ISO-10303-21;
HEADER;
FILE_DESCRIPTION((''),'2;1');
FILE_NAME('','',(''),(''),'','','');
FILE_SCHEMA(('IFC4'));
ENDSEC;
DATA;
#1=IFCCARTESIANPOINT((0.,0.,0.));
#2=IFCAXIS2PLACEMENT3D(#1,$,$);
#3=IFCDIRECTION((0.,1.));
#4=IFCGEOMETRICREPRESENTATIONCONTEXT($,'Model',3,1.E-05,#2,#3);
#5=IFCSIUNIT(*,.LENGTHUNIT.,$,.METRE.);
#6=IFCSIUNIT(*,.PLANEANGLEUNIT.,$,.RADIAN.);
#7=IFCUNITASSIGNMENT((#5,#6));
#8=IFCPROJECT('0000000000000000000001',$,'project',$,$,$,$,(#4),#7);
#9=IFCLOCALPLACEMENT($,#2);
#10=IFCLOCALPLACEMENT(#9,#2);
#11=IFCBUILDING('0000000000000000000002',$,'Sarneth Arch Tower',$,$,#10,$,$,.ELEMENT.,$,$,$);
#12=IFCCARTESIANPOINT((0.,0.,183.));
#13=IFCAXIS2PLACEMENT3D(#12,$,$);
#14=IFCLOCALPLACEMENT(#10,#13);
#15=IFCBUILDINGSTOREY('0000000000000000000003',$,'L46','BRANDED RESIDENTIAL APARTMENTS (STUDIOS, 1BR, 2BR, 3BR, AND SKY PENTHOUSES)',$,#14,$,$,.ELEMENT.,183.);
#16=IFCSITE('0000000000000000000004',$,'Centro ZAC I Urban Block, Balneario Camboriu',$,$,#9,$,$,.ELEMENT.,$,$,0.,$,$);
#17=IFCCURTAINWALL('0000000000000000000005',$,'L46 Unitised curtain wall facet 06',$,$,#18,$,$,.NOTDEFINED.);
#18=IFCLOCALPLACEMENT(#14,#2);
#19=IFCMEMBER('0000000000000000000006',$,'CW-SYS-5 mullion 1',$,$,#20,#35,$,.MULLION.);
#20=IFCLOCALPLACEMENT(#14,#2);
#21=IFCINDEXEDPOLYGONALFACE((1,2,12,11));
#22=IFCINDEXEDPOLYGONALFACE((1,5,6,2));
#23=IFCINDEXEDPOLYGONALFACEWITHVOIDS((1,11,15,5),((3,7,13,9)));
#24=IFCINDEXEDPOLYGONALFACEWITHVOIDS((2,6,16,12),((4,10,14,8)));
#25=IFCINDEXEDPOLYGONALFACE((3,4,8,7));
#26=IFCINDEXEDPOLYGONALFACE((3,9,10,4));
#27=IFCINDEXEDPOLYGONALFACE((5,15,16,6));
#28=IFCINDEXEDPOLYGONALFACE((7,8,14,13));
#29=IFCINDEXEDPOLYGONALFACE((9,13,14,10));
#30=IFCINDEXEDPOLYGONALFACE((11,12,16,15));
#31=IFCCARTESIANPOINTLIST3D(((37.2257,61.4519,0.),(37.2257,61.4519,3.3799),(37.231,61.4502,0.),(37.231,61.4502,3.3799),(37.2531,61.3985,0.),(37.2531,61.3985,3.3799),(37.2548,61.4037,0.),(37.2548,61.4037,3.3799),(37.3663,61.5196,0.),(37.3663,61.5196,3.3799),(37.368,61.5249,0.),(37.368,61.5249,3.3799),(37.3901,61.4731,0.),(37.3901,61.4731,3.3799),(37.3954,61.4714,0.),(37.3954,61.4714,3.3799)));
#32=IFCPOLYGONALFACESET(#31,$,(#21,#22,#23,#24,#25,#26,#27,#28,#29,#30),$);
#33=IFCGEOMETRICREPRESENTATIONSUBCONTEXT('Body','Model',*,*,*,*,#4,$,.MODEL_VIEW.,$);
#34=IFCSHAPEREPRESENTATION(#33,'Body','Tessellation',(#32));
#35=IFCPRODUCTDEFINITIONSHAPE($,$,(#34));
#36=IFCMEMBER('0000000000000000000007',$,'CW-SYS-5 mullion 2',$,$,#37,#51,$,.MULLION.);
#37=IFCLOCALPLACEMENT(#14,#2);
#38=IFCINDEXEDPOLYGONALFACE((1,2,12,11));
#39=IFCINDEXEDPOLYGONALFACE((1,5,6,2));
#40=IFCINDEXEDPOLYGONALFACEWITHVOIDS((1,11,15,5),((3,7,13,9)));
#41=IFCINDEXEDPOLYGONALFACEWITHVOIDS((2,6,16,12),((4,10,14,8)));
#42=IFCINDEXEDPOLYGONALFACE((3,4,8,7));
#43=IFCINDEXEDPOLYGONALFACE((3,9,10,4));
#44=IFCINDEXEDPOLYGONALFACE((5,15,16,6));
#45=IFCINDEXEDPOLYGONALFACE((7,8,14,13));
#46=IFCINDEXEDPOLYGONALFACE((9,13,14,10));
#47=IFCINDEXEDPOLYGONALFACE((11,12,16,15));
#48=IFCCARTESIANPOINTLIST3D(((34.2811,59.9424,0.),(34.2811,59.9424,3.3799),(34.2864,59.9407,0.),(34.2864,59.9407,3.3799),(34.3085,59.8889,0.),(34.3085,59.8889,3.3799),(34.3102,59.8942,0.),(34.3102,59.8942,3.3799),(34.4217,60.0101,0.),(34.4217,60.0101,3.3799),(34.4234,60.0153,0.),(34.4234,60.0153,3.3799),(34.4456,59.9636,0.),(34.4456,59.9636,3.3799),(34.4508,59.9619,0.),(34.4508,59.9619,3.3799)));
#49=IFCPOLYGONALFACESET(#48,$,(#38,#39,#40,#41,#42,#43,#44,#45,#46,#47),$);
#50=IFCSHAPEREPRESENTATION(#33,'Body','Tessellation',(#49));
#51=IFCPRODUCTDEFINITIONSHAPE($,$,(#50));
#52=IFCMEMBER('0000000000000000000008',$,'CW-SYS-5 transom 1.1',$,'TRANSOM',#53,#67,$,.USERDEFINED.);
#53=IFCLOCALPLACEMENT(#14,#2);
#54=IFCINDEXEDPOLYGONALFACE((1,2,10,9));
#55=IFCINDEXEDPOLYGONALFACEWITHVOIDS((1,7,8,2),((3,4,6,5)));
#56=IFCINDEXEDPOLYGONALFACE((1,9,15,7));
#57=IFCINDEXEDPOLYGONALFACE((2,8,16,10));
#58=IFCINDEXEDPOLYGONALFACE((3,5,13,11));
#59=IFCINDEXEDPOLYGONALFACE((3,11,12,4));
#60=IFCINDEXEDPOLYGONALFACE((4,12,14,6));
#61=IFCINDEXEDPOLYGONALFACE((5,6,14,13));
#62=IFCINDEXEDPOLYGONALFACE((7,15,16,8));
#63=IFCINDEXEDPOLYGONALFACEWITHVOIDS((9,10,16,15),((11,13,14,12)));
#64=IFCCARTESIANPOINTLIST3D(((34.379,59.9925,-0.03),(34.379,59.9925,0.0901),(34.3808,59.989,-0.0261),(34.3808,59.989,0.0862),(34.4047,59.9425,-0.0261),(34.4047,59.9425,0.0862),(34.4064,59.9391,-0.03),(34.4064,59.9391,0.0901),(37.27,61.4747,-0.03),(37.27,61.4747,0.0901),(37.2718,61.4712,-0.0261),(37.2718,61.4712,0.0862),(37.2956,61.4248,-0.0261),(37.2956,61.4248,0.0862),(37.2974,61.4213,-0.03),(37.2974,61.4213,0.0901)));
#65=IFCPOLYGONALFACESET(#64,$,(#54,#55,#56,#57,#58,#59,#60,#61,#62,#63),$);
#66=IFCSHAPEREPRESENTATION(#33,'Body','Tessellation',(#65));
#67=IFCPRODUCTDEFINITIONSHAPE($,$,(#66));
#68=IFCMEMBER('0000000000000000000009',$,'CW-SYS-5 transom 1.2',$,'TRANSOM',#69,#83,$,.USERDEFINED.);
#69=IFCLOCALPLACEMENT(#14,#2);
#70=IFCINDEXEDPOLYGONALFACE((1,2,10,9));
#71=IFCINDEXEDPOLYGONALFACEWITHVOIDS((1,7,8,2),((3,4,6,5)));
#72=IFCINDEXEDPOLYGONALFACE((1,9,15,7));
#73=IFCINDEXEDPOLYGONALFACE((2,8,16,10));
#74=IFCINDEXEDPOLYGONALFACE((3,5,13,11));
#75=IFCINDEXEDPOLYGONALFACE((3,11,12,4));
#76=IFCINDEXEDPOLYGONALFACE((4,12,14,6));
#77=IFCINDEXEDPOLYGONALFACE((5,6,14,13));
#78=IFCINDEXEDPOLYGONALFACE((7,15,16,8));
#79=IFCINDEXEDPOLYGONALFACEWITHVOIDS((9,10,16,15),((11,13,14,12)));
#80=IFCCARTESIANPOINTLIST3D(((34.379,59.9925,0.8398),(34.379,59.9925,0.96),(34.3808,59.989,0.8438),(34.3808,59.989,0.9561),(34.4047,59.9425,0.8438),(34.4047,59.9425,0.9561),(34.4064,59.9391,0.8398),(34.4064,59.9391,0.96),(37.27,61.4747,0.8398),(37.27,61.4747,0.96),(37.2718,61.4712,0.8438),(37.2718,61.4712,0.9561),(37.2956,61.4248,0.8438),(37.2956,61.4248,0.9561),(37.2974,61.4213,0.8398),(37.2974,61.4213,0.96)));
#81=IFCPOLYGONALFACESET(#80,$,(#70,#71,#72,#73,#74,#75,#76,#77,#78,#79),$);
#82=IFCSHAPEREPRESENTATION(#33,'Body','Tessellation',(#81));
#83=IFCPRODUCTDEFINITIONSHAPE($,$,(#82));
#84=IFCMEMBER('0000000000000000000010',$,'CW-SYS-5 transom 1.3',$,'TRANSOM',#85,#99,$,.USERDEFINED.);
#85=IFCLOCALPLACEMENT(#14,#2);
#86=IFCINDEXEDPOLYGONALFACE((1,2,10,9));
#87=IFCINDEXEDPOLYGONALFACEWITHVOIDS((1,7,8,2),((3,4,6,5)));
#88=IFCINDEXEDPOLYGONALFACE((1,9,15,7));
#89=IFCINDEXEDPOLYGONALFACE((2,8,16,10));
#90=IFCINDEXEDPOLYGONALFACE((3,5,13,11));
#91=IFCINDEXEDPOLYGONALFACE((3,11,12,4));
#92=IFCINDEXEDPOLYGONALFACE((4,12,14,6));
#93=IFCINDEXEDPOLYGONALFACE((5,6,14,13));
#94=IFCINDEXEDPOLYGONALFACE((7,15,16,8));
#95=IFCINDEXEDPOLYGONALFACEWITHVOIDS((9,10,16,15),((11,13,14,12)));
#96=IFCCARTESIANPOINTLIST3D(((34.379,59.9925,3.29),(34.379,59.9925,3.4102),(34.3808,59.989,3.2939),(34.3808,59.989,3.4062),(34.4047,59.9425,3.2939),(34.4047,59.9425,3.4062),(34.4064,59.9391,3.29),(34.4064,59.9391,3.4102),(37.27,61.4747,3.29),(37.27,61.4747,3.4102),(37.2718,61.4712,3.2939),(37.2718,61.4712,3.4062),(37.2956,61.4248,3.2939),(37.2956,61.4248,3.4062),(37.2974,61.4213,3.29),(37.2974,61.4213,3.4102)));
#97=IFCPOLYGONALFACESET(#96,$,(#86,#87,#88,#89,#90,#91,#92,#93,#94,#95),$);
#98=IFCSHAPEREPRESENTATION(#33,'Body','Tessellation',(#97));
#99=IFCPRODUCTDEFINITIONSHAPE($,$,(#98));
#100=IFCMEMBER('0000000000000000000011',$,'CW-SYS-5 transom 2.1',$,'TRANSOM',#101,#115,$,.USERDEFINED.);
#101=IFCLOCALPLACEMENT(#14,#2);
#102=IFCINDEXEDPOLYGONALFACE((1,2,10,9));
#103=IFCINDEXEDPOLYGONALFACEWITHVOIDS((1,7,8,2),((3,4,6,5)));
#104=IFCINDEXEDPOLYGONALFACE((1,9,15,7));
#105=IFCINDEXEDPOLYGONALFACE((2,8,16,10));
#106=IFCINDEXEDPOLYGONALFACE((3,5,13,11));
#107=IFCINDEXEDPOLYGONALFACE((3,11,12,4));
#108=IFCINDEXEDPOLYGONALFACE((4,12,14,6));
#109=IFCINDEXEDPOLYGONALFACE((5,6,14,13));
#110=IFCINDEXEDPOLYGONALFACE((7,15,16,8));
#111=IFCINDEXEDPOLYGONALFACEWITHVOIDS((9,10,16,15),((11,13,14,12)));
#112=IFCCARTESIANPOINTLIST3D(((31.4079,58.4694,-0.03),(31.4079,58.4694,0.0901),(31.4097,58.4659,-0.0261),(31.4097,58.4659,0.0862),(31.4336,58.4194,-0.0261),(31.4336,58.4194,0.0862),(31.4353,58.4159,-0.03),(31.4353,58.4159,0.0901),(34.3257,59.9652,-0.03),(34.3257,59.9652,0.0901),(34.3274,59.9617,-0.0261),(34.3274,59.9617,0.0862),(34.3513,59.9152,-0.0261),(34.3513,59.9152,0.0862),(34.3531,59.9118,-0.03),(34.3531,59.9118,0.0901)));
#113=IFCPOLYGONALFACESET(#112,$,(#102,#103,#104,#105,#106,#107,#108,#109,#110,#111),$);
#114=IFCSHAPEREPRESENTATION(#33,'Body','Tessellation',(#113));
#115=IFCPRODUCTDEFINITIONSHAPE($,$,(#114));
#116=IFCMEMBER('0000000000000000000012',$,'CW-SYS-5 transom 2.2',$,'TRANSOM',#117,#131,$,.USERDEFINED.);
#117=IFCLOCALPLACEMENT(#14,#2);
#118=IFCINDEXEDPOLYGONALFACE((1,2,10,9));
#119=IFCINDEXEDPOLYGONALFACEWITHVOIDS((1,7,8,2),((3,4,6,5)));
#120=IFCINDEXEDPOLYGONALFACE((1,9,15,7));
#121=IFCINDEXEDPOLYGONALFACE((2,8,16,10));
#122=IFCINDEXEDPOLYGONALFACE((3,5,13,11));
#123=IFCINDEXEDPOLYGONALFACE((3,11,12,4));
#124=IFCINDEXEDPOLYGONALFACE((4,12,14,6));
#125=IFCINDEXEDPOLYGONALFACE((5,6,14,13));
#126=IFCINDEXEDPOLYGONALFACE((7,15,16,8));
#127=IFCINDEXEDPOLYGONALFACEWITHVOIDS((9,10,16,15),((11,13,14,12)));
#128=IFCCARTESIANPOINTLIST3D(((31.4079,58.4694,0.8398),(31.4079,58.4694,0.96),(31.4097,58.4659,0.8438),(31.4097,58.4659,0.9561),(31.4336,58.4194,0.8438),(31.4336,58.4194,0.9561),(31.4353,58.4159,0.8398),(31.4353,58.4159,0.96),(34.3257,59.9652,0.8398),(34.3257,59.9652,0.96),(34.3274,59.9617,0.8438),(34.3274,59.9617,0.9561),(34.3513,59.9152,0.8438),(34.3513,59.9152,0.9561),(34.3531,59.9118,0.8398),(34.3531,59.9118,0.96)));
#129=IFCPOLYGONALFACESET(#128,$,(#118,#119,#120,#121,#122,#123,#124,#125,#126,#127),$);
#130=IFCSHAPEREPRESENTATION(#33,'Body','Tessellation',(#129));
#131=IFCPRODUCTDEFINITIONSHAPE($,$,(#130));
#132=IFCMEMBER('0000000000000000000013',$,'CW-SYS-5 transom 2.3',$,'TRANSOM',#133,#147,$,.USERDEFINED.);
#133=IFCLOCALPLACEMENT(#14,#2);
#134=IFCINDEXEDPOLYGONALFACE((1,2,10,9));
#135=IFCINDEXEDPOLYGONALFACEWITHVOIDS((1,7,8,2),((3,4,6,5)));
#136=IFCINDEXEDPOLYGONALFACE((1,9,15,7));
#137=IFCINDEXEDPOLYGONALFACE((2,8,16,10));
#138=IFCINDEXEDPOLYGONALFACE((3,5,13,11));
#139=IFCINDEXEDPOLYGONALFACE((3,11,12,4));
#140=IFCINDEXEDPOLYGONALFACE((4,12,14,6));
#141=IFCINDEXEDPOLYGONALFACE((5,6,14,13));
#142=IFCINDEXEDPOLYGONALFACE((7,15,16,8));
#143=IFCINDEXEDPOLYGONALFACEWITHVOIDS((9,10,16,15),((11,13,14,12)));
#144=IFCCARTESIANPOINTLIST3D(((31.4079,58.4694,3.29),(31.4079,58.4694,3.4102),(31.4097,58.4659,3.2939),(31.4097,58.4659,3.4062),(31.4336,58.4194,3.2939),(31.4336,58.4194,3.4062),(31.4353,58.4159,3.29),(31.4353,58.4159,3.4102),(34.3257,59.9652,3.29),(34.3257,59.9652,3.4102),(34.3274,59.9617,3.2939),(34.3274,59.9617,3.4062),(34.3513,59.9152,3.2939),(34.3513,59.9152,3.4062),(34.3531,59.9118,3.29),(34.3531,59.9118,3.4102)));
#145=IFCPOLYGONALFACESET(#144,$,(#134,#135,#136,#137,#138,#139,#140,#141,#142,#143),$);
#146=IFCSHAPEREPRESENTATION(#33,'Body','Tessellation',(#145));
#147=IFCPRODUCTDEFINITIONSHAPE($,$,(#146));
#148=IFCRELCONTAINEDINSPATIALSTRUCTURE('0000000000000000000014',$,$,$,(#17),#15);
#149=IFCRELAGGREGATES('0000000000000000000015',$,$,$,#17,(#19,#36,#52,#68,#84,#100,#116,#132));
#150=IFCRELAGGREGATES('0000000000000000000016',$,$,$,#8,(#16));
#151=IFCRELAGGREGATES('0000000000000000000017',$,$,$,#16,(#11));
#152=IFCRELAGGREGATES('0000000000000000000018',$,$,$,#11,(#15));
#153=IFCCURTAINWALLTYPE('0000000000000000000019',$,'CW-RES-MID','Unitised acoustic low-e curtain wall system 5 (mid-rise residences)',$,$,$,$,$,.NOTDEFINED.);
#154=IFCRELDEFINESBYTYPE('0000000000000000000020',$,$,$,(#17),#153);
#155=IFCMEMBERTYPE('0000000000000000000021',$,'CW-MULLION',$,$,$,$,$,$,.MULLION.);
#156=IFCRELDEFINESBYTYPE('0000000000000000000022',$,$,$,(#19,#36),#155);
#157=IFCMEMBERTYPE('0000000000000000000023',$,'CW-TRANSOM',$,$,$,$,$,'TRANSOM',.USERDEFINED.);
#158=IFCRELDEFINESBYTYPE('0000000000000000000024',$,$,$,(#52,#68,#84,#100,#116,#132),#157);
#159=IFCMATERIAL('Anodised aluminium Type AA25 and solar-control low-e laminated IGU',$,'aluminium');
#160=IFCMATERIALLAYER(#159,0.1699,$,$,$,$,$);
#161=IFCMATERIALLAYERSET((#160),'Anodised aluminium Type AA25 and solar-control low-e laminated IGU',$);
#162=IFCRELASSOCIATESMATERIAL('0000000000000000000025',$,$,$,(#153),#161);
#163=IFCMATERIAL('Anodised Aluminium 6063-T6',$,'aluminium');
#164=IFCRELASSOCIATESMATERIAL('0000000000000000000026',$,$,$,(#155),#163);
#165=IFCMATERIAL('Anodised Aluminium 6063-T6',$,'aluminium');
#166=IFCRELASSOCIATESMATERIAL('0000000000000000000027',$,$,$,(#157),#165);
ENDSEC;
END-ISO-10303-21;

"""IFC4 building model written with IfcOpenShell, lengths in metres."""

from ifc_helpers import new_model, si_unit, direction, frame, origin, origin_2d, place, context, subcontext, project, spatial, hollow_rectangle, extrude, material, layer, layer_set, material_profile, profile_set, type_object, element, aggregate, save


model = new_model("IFC4")

# Units and contexts
model_context = context("Model", 3, precision=1e-05, world=origin(), true_north=direction((0.0, 1.0)))
body_context = subcontext(model_context, "Body", "Model", "MODEL_VIEW")
ifc_project = project(units=[si_unit("LENGTHUNIT", "METRE"), si_unit("PLANEANGLEUNIT", "RADIAN")], contexts=[model_context])

# Site, building, storey
site_placement = place(None, origin())
site = spatial("IfcSite", under=ifc_project, at=site_placement, Name="Centro ZAC I Urban Block, Balneario Camboriu", CompositionType="ELEMENT", RefElevation=0.0)
building_placement = place(site_placement, origin())
building = spatial("IfcBuilding", under=site, at=building_placement, Name="Sarneth Arch Tower", CompositionType="ELEMENT")
storey_placement = place(building_placement, frame((0.0, 0.0, 183.0)))
storey = spatial("IfcBuildingStorey", under=building, at=storey_placement, Name="L46", Description="BRANDED RESIDENTIAL APARTMENTS (STUDIOS, 1BR, 2BR, 3BR, AND SKY PENTHOUSES)", CompositionType="ELEMENT", Elevation=183.0)

# Curtain wall, members
ifc_material_1 = material(Name="Anodised aluminium Type AA25 and solar-control low-e laminated IGU", Category="aluminium")
ifc_layer_1 = layer(ifc_material_1, 0.1699)
ifc_layer_set_1 = layer_set([ifc_layer_1], Name="Anodised aluminium Type AA25 and solar-control low-e laminated IGU")
curtain_wall_type = type_object("IfcCurtainWallType", Name="CW-RES-MID", Description="Unitised acoustic low-e curtain wall system 5 (mid-rise residences)", PredefinedType="NOTDEFINED", material=ifc_layer_set_1)
curtain_wall_placement = place(storey_placement, origin())
curtain_wall = element("IfcCurtainWall", 1, at=curtain_wall_placement, inside=storey, type_object=curtain_wall_type, Name="L46 Unitised curtain wall facet 06", PredefinedType="NOTDEFINED")
ifc_material_2 = material(Name="Anodised Aluminium 6063-T6", Category="aluminium")
ifc_material_profile_1 = material_profile(ifc_material_2, hollow_rectangle(XDim=0.0601, YDim=0.1599, WallThickness=0.0039, at=origin_2d()), Name="AL-MULL-160x60x4")
ifc_profile_set_1 = profile_set([ifc_material_profile_1], Name="Anodised Aluminium 6063-T6")
member_type_1 = type_object("IfcMemberType", Name="CW-MULLION", PredefinedType="MULLION", material=ifc_profile_set_1)
member_1_placement = place(storey_placement, frame((37.3105, 61.4617, 0.0), z_axis=(0.0, 0.0, 1.0), x_axis=(0.456208, -0.889873, 0.0)))
member_1 = element("IfcMember", 2, at=member_1_placement, type_object=member_type_1, Name="CW-SYS-5 mullion 1", PredefinedType="MULLION", context=body_context, shape_type="SweptSolid", body=[
    extrude(hollow_rectangle(XDim=0.0601, YDim=0.1599, WallThickness=0.0039, at=origin_2d()), origin(), (0.0, 0.0, 1.0), 3.3799),
])
member_2_placement = place(storey_placement, frame((34.366, 59.9521, 0.0), z_axis=(0.0, 0.0, 1.0), x_axis=(0.456208, -0.889873, 0.0)))
member_2 = element("IfcMember", 3, at=member_2_placement, type_object=member_type_1, Name="CW-SYS-5 mullion 2", PredefinedType="MULLION", context=body_context, shape_type="SweptSolid", body=[
    extrude(hollow_rectangle(XDim=0.0601, YDim=0.1599, WallThickness=0.0039, at=origin_2d()), origin(), (0.0, 0.0, 1.0), 3.3799),
])
ifc_material_3 = material(Name="Anodised Aluminium 6063-T6", Category="aluminium")
ifc_material_profile_2 = material_profile(ifc_material_3, hollow_rectangle(XDim=0.0601, YDim=0.1201, WallThickness=0.0039, at=origin_2d()), Name="AL-TRAN-120x60x4")
ifc_profile_set_2 = profile_set([ifc_material_profile_2], Name="Anodised Aluminium 6063-T6")
member_type_2 = type_object("IfcMemberType", Name="CW-TRANSOM", ElementType="TRANSOM", PredefinedType="USERDEFINED", material=ifc_profile_set_2)
member_3_placement = place(storey_placement, frame((37.2837, 61.448, 0.03), z_axis=(-0.889857, -0.456239, 0.0), x_axis=(0.456239, -0.889857, 0.0)))
member_3 = element("IfcMember", 4, at=member_3_placement, type_object=member_type_2, Name="CW-SYS-5 transom 1.1", ObjectType="TRANSOM", PredefinedType="USERDEFINED", context=body_context, shape_type="SweptSolid", body=[
    extrude(hollow_rectangle(XDim=0.0601, YDim=0.1201, WallThickness=0.0039, at=origin_2d()), origin(), (0.0, 0.0, 1.0), 3.2488),
])
member_4_placement = place(storey_placement, frame((37.2837, 61.448, 0.8999), z_axis=(-0.889857, -0.456239, 0.0), x_axis=(0.456239, -0.889857, 0.0)))
member_4 = element("IfcMember", 5, at=member_4_placement, type_object=member_type_2, Name="CW-SYS-5 transom 1.2", ObjectType="TRANSOM", PredefinedType="USERDEFINED", context=body_context, shape_type="SweptSolid", body=[
    extrude(hollow_rectangle(XDim=0.0601, YDim=0.1201, WallThickness=0.0039, at=origin_2d()), origin(), (0.0, 0.0, 1.0), 3.2488),
])
member_5_placement = place(storey_placement, frame((37.2837, 61.448, 3.3501), z_axis=(-0.889857, -0.456239, 0.0), x_axis=(0.456239, -0.889857, 0.0)))
member_5 = element("IfcMember", 6, at=member_5_placement, type_object=member_type_2, Name="CW-SYS-5 transom 1.3", ObjectType="TRANSOM", PredefinedType="USERDEFINED", context=body_context, shape_type="SweptSolid", body=[
    extrude(hollow_rectangle(XDim=0.0601, YDim=0.1201, WallThickness=0.0039, at=origin_2d()), origin(), (0.0, 0.0, 1.0), 3.2488),
])
member_6_placement = place(storey_placement, frame((34.3394, 59.9385, 0.03), z_axis=(-0.889869, -0.456215, 0.0), x_axis=(0.456215, -0.889869, 0.0)))
member_6 = element("IfcMember", 7, at=member_6_placement, type_object=member_type_2, Name="CW-SYS-5 transom 2.1", ObjectType="TRANSOM", PredefinedType="USERDEFINED", context=body_context, shape_type="SweptSolid", body=[
    extrude(hollow_rectangle(XDim=0.0601, YDim=0.1201, WallThickness=0.0039, at=origin_2d()), origin(), (0.0, 0.0, 1.0), 3.2788),
])
member_7_placement = place(storey_placement, frame((34.3394, 59.9385, 0.8999), z_axis=(-0.889869, -0.456215, 0.0), x_axis=(0.456215, -0.889869, 0.0)))
member_7 = element("IfcMember", 8, at=member_7_placement, type_object=member_type_2, Name="CW-SYS-5 transom 2.2", ObjectType="TRANSOM", PredefinedType="USERDEFINED", context=body_context, shape_type="SweptSolid", body=[
    extrude(hollow_rectangle(XDim=0.0601, YDim=0.1201, WallThickness=0.0039, at=origin_2d()), origin(), (0.0, 0.0, 1.0), 3.2788),
])
member_8_placement = place(storey_placement, frame((34.3394, 59.9385, 3.3501), z_axis=(-0.889869, -0.456215, 0.0), x_axis=(0.456215, -0.889869, 0.0)))
member_8 = element("IfcMember", 9, at=member_8_placement, type_object=member_type_2, Name="CW-SYS-5 transom 2.3", ObjectType="TRANSOM", PredefinedType="USERDEFINED", context=body_context, shape_type="SweptSolid", body=[
    extrude(hollow_rectangle(XDim=0.0601, YDim=0.1201, WallThickness=0.0039, at=origin_2d()), origin(), (0.0, 0.0, 1.0), 3.2788),
])

aggregate(curtain_wall, [member_1, member_2, member_3, member_4, member_5, member_6, member_7, member_8])

save(model, "model.ifc")
